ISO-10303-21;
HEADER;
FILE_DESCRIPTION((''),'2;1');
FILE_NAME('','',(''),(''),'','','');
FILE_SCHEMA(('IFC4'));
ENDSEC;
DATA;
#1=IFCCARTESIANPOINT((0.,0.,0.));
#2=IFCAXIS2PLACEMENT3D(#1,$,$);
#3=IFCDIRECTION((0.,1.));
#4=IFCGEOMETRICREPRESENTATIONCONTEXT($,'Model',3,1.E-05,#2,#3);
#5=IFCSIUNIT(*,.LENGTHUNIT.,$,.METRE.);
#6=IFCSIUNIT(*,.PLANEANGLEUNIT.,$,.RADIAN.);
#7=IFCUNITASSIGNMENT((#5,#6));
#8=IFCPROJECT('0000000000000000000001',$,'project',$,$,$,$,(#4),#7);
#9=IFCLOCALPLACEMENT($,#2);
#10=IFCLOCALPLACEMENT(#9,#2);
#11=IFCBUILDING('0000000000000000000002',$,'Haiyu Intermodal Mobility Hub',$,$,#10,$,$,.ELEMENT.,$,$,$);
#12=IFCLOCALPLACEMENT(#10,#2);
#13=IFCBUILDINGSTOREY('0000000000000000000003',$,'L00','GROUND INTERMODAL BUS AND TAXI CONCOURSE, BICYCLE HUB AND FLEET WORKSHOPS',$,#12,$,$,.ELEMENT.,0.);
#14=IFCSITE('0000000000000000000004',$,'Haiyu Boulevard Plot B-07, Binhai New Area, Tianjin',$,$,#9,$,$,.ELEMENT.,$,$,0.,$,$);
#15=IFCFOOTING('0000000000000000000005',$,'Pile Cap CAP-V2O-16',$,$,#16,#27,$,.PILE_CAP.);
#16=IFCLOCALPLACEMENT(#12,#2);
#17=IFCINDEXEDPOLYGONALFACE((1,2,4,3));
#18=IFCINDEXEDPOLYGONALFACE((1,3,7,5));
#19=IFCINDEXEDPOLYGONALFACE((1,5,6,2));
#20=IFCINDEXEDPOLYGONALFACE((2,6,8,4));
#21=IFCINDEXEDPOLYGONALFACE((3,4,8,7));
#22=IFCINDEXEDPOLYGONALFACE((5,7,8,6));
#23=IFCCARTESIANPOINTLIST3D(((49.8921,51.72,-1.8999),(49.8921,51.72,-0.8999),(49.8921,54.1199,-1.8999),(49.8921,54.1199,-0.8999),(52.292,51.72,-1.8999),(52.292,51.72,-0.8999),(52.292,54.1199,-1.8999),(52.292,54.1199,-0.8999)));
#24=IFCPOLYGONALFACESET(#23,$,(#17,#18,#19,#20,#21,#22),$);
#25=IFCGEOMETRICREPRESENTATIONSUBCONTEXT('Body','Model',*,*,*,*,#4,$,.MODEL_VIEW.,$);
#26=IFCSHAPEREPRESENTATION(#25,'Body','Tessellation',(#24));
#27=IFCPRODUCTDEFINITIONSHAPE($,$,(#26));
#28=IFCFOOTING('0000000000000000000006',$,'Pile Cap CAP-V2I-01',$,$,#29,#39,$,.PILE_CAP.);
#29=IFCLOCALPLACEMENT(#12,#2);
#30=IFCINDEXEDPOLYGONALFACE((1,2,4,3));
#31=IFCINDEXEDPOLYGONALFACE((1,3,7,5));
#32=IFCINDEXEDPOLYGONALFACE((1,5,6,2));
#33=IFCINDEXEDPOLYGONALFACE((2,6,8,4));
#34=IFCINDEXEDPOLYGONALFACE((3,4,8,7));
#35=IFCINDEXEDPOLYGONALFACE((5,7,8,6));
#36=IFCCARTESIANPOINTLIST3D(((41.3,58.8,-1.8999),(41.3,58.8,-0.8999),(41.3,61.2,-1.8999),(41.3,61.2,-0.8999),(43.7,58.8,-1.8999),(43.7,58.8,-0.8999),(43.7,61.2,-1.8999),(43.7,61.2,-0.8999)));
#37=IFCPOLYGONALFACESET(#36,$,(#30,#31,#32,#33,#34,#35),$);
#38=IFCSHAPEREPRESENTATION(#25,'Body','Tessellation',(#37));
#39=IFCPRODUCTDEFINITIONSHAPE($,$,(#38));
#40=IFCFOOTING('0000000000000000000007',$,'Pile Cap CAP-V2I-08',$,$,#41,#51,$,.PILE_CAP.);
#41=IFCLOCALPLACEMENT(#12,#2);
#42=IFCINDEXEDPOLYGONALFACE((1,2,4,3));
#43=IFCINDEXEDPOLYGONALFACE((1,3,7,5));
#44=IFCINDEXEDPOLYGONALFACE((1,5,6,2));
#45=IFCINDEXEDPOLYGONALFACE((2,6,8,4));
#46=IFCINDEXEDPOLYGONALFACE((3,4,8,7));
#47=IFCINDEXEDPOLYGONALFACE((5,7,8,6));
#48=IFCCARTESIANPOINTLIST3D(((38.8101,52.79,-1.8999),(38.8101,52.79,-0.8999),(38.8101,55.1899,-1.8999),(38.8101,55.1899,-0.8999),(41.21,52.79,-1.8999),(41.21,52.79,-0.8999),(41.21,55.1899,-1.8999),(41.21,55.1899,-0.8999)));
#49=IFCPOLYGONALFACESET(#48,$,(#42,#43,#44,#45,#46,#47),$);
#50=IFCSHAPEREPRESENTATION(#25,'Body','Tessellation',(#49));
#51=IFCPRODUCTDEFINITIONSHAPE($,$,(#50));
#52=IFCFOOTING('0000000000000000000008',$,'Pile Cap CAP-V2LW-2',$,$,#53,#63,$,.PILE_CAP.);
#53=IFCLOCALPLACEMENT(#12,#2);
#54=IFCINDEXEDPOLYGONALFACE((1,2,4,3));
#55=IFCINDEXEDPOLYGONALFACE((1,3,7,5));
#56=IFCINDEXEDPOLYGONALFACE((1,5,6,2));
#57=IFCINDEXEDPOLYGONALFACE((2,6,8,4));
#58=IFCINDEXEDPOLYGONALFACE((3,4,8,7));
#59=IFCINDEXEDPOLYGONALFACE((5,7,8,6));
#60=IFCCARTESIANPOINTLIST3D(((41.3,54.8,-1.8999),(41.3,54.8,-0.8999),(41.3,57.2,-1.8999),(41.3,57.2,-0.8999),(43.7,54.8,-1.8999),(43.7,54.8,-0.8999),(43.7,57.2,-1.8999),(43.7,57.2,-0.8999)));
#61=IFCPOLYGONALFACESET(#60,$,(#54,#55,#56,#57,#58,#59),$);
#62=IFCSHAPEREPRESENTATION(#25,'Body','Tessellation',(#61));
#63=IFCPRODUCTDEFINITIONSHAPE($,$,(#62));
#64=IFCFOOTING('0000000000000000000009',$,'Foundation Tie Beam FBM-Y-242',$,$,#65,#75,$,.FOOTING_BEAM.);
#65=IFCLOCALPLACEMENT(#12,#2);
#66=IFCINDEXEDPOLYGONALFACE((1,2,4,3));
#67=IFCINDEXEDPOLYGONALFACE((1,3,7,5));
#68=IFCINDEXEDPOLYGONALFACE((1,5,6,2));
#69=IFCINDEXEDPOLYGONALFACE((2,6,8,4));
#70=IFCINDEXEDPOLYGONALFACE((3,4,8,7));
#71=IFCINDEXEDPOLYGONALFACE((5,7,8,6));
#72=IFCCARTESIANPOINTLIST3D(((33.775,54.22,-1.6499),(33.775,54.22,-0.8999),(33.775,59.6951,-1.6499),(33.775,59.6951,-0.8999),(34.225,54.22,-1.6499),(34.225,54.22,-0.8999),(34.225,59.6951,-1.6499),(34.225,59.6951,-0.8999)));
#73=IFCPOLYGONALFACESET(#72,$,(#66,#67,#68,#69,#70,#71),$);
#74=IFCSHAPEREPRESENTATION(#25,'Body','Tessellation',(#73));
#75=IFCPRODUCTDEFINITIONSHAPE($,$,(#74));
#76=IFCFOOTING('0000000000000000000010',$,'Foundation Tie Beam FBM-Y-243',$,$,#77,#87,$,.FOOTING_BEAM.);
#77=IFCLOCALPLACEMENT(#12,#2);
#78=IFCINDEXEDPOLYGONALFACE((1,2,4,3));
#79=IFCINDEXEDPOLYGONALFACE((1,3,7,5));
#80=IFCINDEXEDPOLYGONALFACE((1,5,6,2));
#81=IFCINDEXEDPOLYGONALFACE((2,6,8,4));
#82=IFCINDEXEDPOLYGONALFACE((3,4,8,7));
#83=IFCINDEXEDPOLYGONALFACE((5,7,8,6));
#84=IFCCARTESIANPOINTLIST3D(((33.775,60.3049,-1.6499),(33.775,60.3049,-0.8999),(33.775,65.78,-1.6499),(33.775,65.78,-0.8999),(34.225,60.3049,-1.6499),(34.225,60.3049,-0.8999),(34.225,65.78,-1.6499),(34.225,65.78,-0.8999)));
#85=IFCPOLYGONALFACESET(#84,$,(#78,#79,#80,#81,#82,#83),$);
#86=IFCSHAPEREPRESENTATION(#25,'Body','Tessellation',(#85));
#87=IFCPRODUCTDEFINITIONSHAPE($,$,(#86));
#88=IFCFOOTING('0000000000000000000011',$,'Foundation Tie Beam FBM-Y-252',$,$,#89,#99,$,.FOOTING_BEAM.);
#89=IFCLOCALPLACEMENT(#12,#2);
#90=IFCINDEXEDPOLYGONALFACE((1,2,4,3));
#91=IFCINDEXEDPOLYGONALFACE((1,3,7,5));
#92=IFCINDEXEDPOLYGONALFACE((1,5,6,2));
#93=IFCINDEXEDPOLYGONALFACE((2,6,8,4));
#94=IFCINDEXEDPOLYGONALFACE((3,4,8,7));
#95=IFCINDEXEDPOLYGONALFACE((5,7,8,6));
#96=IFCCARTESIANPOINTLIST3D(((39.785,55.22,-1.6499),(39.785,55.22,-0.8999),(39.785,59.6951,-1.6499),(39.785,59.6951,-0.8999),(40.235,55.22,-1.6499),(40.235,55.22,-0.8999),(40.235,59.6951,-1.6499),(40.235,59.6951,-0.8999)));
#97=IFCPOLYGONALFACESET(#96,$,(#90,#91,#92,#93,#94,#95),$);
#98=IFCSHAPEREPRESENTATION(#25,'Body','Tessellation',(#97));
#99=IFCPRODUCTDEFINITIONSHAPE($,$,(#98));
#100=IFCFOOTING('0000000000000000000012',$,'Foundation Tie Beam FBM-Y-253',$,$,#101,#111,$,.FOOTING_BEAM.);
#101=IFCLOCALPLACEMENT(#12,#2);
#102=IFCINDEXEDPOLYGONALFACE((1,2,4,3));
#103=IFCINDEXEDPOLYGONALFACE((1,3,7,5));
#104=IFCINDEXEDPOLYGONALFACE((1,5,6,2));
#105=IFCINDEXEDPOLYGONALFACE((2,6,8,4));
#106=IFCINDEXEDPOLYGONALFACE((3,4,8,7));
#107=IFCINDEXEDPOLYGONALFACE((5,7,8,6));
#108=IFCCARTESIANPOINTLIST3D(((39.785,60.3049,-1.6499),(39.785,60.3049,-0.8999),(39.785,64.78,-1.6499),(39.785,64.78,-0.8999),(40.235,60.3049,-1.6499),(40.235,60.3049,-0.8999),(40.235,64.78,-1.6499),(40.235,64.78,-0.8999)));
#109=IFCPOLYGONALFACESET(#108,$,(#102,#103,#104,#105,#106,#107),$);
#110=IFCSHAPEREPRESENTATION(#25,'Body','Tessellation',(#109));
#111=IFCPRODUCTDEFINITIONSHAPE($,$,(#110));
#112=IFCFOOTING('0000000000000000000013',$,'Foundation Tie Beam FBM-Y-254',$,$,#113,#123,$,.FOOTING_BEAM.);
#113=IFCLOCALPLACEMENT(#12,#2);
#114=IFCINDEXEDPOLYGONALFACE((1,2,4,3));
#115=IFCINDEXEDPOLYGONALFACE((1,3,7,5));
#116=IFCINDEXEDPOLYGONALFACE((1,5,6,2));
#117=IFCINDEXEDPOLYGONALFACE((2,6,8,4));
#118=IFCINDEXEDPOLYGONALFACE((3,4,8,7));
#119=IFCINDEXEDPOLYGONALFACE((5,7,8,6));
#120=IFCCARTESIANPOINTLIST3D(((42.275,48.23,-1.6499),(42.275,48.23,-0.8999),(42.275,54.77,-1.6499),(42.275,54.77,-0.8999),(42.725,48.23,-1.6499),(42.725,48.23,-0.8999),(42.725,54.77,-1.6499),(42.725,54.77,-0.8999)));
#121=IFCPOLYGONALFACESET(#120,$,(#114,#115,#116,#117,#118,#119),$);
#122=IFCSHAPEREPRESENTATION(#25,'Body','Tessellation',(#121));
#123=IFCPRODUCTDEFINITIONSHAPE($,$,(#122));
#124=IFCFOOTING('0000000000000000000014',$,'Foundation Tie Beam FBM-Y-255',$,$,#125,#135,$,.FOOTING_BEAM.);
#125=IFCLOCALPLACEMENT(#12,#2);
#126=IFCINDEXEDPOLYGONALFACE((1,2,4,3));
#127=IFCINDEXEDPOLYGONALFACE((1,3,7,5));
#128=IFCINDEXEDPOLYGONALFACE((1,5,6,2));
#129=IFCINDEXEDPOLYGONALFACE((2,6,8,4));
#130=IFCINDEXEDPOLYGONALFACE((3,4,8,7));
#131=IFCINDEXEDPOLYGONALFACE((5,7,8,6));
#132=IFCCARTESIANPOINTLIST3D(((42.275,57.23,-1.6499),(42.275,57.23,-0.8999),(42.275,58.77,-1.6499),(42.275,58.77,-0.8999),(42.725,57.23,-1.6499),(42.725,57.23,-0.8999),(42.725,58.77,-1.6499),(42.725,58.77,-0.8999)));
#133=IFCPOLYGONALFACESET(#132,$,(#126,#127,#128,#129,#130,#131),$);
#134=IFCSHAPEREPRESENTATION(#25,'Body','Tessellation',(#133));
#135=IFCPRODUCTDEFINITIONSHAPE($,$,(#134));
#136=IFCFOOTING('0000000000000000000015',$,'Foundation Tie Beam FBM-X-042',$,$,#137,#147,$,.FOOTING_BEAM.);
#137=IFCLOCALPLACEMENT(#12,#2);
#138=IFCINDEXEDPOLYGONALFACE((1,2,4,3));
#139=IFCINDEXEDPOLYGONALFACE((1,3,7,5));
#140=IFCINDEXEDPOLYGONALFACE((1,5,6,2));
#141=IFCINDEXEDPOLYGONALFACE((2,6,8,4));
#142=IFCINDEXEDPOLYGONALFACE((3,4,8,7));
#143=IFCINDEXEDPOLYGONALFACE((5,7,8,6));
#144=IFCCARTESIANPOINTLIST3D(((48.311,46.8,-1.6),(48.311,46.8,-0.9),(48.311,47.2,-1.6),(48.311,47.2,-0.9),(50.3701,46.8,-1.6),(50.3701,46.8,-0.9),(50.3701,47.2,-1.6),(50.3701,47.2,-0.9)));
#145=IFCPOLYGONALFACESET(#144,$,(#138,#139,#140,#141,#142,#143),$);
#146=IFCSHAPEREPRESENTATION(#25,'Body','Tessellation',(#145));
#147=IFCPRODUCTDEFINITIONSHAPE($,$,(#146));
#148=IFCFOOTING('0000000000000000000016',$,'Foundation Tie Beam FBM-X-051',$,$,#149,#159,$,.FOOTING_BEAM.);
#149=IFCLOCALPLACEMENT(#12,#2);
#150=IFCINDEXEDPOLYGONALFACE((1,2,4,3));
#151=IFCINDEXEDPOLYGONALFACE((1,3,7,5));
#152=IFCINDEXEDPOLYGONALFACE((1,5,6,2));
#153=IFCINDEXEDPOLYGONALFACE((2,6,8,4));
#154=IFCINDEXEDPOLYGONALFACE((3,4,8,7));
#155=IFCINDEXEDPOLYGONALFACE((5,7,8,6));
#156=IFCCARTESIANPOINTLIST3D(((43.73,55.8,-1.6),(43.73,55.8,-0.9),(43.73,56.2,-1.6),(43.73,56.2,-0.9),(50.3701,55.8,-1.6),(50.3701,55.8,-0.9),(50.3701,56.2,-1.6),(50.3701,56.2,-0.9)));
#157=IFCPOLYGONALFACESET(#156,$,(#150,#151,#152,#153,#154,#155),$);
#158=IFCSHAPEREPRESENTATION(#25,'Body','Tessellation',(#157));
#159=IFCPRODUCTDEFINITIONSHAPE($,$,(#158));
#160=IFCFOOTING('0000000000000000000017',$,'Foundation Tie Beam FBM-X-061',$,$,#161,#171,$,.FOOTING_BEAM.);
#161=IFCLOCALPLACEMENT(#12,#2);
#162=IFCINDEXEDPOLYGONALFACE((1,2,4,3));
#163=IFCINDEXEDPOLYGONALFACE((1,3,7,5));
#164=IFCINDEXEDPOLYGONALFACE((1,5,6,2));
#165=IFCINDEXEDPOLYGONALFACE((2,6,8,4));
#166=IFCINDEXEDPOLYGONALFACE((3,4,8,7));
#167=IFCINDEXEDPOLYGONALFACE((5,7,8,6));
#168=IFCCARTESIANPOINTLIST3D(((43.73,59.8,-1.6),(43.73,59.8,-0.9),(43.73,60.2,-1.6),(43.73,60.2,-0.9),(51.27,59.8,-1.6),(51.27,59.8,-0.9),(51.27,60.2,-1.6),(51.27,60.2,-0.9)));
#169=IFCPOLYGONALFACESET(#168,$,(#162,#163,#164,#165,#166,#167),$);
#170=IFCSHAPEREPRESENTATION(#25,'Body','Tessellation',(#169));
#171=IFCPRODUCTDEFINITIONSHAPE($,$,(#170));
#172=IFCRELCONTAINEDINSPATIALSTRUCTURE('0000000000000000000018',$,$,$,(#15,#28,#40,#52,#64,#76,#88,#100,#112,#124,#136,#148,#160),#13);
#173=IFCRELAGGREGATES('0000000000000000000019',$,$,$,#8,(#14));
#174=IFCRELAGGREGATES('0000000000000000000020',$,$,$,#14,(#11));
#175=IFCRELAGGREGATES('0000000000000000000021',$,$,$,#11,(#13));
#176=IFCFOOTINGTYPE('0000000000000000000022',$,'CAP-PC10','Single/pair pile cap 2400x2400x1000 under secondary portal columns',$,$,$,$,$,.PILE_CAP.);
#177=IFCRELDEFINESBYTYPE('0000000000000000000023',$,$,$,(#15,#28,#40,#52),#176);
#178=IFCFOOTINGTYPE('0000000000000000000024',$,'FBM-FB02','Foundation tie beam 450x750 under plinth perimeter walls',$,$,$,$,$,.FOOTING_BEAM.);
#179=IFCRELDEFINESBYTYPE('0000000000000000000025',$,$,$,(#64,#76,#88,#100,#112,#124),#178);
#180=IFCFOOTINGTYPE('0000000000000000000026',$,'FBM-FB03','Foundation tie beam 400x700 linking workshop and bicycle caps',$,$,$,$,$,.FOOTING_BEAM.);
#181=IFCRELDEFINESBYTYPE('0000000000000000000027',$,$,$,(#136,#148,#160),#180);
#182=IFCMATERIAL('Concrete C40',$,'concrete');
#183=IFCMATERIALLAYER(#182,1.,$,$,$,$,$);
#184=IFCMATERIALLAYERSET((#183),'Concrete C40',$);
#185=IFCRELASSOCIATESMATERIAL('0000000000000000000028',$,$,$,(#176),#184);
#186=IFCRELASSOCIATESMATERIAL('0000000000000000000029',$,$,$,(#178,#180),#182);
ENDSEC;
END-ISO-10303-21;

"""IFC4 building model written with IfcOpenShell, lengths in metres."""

from ifc_helpers import new_model, si_unit, direction, frame, origin, origin_2d, place, context, subcontext, project, spatial, rectangle, extrude, material, layer, layer_set, material_profile, profile_set, type_object, element, save


model = new_model("IFC4")

# Units and contexts
model_context = context("Model", 3, precision=1e-05, world=origin(), true_north=direction((0.0, 1.0)))
body_context = subcontext(model_context, "Body", "Model", "MODEL_VIEW")
ifc_project = project(units=[si_unit("LENGTHUNIT", "METRE"), si_unit("PLANEANGLEUNIT", "RADIAN")], contexts=[model_context])

# Site, building, storey
site_placement = place(None, origin())
site = spatial("IfcSite", under=ifc_project, at=site_placement, Name="Haiyu Boulevard Plot B-07, Binhai New Area, Tianjin", CompositionType="ELEMENT", RefElevation=0.0)
building_placement = place(site_placement, origin())
building = spatial("IfcBuilding", under=site, at=building_placement, Name="Haiyu Intermodal Mobility Hub", CompositionType="ELEMENT")
storey_placement = place(building_placement, origin())
storey = spatial("IfcBuildingStorey", under=building, at=storey_placement, Name="L00", Description="GROUND INTERMODAL BUS AND TAXI CONCOURSE, BICYCLE HUB AND FLEET WORKSHOPS", CompositionType="ELEMENT", Elevation=0.0)

# Footings
ifc_material_1 = material(Name="Concrete C40", Category="concrete")
ifc_layer_1 = layer(ifc_material_1, 1.0)
ifc_layer_set_1 = layer_set([ifc_layer_1], Name="Concrete C40")
footing_type_1 = type_object("IfcFootingType", Name="CAP-PC10", Description="Single/pair pile cap 2400x2400x1000 under secondary portal columns", PredefinedType="PILE_CAP", material=ifc_layer_set_1)
for number, where, z_axis, x_axis, name in (
    (1, (51.092, 52.9199, -1.8999), (0.0, 0.0, 1.0), (1.0, 0.0, 0.0), "Pile Cap CAP-V2O-16"),
    (2, (42.5, 60.0, -1.8999), (0.0, 0.0, 1.0), (1.0, 0.0, 0.0), "Pile Cap CAP-V2I-01"),
    (3, (40.01, 53.99, -1.8999), (0.0, 0.0, 1.0), (1.0, 0.0, 0.0), "Pile Cap CAP-V2I-08"),
    (4, (42.5, 56.0, -1.8999), (0.0, 0.0, 1.0), (1.0, 0.0, 0.0), "Pile Cap CAP-V2LW-2"),
):
    element("IfcFooting", number, at=place(storey_placement, frame(where, z_axis=z_axis, x_axis=x_axis)), inside=storey, type_object=footing_type_1, Name=name, PredefinedType="PILE_CAP", context=body_context, shape_type="SweptSolid", body=[
        extrude(rectangle(XDim=2.3999, YDim=2.3999, at=origin_2d()), origin(), (0.0, 0.0, 1.0), 1.0),
    ])
ifc_material_profile_1 = material_profile(ifc_material_1, rectangle(XDim=0.45, YDim=0.75, at=origin_2d()), Name="FB450x750")
ifc_profile_set_1 = profile_set([ifc_material_profile_1], Name="Concrete C40")
footing_type_2 = type_object("IfcFootingType", Name="FBM-FB02", Description="Foundation tie beam 450x750 under plinth perimeter walls", PredefinedType="FOOTING_BEAM", material=ifc_profile_set_1)
for number, where, z_axis, x_axis, name in (
    (5, (34.0, 54.22, -1.2749), (0.0, 1.0, 0.0), (-1.0, 0.0, 0.0), "Foundation Tie Beam FBM-Y-242"),
    (6, (34.0, 60.3049, -1.2749), (0.0, 1.0, 0.0), (-1.0, 0.0, 0.0), "Foundation Tie Beam FBM-Y-243"),
):
    element("IfcFooting", number, at=place(storey_placement, frame(where, z_axis=z_axis, x_axis=x_axis)), inside=storey, type_object=footing_type_2, Name=name, PredefinedType="FOOTING_BEAM", context=body_context, shape_type="SweptSolid", body=[
        extrude(rectangle(XDim=0.45, YDim=0.75, at=origin_2d()), origin(), (0.0, 0.0, 1.0), 5.4751),
    ])
for number, where, z_axis, x_axis, name in (
    (7, (40.01, 55.22, -1.2749), (0.0, 1.0, 0.0), (-1.0, 0.0, 0.0), "Foundation Tie Beam FBM-Y-252"),
    (8, (40.01, 60.3049, -1.2749), (0.0, 1.0, 0.0), (-1.0, 0.0, 0.0), "Foundation Tie Beam FBM-Y-253"),
):
    element("IfcFooting", number, at=place(storey_placement, frame(where, z_axis=z_axis, x_axis=x_axis)), inside=storey, type_object=footing_type_2, Name=name, PredefinedType="FOOTING_BEAM", context=body_context, shape_type="SweptSolid", body=[
        extrude(rectangle(XDim=0.45, YDim=0.75, at=origin_2d()), origin(), (0.0, 0.0, 1.0), 4.4751),
    ])
footing_1_placement = place(storey_placement, frame((42.5, 48.23, -1.2749), z_axis=(0.0, 1.0, 0.0), x_axis=(-1.0, 0.0, 0.0)))
element("IfcFooting", 9, at=footing_1_placement, inside=storey, type_object=footing_type_2, Name="Foundation Tie Beam FBM-Y-254", PredefinedType="FOOTING_BEAM", context=body_context, shape_type="SweptSolid", body=[
    extrude(rectangle(XDim=0.45, YDim=0.75, at=origin_2d()), origin(), (0.0, 0.0, 1.0), 6.54),
])
footing_2_placement = place(storey_placement, frame((42.5, 57.23, -1.2749), z_axis=(0.0, 1.0, 0.0), x_axis=(-1.0, 0.0, 0.0)))
element("IfcFooting", 10, at=footing_2_placement, inside=storey, type_object=footing_type_2, Name="Foundation Tie Beam FBM-Y-255", PredefinedType="FOOTING_BEAM", context=body_context, shape_type="SweptSolid", body=[
    extrude(rectangle(XDim=0.45, YDim=0.75, at=origin_2d()), origin(), (0.0, 0.0, 1.0), 1.54),
])
ifc_material_profile_2 = material_profile(ifc_material_1, rectangle(XDim=0.3999, YDim=0.7, at=origin_2d()), Name="FB400x700")
ifc_profile_set_2 = profile_set([ifc_material_profile_2], Name="Concrete C40")
footing_type_3 = type_object("IfcFootingType", Name="FBM-FB03", Description="Foundation tie beam 400x700 linking workshop and bicycle caps", PredefinedType="FOOTING_BEAM", material=ifc_profile_set_2)
footing_3_placement = place(storey_placement, frame((48.311, 47.0, -1.25), z_axis=(1.0, 0.0, 0.0), x_axis=(0.0, 1.0, 0.0)))
element("IfcFooting", 11, at=footing_3_placement, inside=storey, type_object=footing_type_3, Name="Foundation Tie Beam FBM-X-042", PredefinedType="FOOTING_BEAM", context=body_context, shape_type="SweptSolid", body=[
    extrude(rectangle(XDim=0.3999, YDim=0.7, at=origin_2d()), origin(), (0.0, 0.0, 1.0), 2.0591),
])
footing_4_placement = place(storey_placement, frame((43.73, 56.0, -1.25), z_axis=(1.0, 0.0, 0.0), x_axis=(0.0, 1.0, 0.0)))
element("IfcFooting", 12, at=footing_4_placement, inside=storey, type_object=footing_type_3, Name="Foundation Tie Beam FBM-X-051", PredefinedType="FOOTING_BEAM", context=body_context, shape_type="SweptSolid", body=[
    extrude(rectangle(XDim=0.3999, YDim=0.7, at=origin_2d()), origin(), (0.0, 0.0, 1.0), 6.6401),
])
footing_5_placement = place(storey_placement, frame((43.73, 60.0, -1.25), z_axis=(1.0, 0.0, 0.0), x_axis=(0.0, 1.0, 0.0)))
element("IfcFooting", 13, at=footing_5_placement, inside=storey, type_object=footing_type_3, Name="Foundation Tie Beam FBM-X-061", PredefinedType="FOOTING_BEAM", context=body_context, shape_type="SweptSolid", body=[
    extrude(rectangle(XDim=0.3999, YDim=0.7, at=origin_2d()), origin(), (0.0, 0.0, 1.0), 7.54),
])

save(model, "model.ifc")
